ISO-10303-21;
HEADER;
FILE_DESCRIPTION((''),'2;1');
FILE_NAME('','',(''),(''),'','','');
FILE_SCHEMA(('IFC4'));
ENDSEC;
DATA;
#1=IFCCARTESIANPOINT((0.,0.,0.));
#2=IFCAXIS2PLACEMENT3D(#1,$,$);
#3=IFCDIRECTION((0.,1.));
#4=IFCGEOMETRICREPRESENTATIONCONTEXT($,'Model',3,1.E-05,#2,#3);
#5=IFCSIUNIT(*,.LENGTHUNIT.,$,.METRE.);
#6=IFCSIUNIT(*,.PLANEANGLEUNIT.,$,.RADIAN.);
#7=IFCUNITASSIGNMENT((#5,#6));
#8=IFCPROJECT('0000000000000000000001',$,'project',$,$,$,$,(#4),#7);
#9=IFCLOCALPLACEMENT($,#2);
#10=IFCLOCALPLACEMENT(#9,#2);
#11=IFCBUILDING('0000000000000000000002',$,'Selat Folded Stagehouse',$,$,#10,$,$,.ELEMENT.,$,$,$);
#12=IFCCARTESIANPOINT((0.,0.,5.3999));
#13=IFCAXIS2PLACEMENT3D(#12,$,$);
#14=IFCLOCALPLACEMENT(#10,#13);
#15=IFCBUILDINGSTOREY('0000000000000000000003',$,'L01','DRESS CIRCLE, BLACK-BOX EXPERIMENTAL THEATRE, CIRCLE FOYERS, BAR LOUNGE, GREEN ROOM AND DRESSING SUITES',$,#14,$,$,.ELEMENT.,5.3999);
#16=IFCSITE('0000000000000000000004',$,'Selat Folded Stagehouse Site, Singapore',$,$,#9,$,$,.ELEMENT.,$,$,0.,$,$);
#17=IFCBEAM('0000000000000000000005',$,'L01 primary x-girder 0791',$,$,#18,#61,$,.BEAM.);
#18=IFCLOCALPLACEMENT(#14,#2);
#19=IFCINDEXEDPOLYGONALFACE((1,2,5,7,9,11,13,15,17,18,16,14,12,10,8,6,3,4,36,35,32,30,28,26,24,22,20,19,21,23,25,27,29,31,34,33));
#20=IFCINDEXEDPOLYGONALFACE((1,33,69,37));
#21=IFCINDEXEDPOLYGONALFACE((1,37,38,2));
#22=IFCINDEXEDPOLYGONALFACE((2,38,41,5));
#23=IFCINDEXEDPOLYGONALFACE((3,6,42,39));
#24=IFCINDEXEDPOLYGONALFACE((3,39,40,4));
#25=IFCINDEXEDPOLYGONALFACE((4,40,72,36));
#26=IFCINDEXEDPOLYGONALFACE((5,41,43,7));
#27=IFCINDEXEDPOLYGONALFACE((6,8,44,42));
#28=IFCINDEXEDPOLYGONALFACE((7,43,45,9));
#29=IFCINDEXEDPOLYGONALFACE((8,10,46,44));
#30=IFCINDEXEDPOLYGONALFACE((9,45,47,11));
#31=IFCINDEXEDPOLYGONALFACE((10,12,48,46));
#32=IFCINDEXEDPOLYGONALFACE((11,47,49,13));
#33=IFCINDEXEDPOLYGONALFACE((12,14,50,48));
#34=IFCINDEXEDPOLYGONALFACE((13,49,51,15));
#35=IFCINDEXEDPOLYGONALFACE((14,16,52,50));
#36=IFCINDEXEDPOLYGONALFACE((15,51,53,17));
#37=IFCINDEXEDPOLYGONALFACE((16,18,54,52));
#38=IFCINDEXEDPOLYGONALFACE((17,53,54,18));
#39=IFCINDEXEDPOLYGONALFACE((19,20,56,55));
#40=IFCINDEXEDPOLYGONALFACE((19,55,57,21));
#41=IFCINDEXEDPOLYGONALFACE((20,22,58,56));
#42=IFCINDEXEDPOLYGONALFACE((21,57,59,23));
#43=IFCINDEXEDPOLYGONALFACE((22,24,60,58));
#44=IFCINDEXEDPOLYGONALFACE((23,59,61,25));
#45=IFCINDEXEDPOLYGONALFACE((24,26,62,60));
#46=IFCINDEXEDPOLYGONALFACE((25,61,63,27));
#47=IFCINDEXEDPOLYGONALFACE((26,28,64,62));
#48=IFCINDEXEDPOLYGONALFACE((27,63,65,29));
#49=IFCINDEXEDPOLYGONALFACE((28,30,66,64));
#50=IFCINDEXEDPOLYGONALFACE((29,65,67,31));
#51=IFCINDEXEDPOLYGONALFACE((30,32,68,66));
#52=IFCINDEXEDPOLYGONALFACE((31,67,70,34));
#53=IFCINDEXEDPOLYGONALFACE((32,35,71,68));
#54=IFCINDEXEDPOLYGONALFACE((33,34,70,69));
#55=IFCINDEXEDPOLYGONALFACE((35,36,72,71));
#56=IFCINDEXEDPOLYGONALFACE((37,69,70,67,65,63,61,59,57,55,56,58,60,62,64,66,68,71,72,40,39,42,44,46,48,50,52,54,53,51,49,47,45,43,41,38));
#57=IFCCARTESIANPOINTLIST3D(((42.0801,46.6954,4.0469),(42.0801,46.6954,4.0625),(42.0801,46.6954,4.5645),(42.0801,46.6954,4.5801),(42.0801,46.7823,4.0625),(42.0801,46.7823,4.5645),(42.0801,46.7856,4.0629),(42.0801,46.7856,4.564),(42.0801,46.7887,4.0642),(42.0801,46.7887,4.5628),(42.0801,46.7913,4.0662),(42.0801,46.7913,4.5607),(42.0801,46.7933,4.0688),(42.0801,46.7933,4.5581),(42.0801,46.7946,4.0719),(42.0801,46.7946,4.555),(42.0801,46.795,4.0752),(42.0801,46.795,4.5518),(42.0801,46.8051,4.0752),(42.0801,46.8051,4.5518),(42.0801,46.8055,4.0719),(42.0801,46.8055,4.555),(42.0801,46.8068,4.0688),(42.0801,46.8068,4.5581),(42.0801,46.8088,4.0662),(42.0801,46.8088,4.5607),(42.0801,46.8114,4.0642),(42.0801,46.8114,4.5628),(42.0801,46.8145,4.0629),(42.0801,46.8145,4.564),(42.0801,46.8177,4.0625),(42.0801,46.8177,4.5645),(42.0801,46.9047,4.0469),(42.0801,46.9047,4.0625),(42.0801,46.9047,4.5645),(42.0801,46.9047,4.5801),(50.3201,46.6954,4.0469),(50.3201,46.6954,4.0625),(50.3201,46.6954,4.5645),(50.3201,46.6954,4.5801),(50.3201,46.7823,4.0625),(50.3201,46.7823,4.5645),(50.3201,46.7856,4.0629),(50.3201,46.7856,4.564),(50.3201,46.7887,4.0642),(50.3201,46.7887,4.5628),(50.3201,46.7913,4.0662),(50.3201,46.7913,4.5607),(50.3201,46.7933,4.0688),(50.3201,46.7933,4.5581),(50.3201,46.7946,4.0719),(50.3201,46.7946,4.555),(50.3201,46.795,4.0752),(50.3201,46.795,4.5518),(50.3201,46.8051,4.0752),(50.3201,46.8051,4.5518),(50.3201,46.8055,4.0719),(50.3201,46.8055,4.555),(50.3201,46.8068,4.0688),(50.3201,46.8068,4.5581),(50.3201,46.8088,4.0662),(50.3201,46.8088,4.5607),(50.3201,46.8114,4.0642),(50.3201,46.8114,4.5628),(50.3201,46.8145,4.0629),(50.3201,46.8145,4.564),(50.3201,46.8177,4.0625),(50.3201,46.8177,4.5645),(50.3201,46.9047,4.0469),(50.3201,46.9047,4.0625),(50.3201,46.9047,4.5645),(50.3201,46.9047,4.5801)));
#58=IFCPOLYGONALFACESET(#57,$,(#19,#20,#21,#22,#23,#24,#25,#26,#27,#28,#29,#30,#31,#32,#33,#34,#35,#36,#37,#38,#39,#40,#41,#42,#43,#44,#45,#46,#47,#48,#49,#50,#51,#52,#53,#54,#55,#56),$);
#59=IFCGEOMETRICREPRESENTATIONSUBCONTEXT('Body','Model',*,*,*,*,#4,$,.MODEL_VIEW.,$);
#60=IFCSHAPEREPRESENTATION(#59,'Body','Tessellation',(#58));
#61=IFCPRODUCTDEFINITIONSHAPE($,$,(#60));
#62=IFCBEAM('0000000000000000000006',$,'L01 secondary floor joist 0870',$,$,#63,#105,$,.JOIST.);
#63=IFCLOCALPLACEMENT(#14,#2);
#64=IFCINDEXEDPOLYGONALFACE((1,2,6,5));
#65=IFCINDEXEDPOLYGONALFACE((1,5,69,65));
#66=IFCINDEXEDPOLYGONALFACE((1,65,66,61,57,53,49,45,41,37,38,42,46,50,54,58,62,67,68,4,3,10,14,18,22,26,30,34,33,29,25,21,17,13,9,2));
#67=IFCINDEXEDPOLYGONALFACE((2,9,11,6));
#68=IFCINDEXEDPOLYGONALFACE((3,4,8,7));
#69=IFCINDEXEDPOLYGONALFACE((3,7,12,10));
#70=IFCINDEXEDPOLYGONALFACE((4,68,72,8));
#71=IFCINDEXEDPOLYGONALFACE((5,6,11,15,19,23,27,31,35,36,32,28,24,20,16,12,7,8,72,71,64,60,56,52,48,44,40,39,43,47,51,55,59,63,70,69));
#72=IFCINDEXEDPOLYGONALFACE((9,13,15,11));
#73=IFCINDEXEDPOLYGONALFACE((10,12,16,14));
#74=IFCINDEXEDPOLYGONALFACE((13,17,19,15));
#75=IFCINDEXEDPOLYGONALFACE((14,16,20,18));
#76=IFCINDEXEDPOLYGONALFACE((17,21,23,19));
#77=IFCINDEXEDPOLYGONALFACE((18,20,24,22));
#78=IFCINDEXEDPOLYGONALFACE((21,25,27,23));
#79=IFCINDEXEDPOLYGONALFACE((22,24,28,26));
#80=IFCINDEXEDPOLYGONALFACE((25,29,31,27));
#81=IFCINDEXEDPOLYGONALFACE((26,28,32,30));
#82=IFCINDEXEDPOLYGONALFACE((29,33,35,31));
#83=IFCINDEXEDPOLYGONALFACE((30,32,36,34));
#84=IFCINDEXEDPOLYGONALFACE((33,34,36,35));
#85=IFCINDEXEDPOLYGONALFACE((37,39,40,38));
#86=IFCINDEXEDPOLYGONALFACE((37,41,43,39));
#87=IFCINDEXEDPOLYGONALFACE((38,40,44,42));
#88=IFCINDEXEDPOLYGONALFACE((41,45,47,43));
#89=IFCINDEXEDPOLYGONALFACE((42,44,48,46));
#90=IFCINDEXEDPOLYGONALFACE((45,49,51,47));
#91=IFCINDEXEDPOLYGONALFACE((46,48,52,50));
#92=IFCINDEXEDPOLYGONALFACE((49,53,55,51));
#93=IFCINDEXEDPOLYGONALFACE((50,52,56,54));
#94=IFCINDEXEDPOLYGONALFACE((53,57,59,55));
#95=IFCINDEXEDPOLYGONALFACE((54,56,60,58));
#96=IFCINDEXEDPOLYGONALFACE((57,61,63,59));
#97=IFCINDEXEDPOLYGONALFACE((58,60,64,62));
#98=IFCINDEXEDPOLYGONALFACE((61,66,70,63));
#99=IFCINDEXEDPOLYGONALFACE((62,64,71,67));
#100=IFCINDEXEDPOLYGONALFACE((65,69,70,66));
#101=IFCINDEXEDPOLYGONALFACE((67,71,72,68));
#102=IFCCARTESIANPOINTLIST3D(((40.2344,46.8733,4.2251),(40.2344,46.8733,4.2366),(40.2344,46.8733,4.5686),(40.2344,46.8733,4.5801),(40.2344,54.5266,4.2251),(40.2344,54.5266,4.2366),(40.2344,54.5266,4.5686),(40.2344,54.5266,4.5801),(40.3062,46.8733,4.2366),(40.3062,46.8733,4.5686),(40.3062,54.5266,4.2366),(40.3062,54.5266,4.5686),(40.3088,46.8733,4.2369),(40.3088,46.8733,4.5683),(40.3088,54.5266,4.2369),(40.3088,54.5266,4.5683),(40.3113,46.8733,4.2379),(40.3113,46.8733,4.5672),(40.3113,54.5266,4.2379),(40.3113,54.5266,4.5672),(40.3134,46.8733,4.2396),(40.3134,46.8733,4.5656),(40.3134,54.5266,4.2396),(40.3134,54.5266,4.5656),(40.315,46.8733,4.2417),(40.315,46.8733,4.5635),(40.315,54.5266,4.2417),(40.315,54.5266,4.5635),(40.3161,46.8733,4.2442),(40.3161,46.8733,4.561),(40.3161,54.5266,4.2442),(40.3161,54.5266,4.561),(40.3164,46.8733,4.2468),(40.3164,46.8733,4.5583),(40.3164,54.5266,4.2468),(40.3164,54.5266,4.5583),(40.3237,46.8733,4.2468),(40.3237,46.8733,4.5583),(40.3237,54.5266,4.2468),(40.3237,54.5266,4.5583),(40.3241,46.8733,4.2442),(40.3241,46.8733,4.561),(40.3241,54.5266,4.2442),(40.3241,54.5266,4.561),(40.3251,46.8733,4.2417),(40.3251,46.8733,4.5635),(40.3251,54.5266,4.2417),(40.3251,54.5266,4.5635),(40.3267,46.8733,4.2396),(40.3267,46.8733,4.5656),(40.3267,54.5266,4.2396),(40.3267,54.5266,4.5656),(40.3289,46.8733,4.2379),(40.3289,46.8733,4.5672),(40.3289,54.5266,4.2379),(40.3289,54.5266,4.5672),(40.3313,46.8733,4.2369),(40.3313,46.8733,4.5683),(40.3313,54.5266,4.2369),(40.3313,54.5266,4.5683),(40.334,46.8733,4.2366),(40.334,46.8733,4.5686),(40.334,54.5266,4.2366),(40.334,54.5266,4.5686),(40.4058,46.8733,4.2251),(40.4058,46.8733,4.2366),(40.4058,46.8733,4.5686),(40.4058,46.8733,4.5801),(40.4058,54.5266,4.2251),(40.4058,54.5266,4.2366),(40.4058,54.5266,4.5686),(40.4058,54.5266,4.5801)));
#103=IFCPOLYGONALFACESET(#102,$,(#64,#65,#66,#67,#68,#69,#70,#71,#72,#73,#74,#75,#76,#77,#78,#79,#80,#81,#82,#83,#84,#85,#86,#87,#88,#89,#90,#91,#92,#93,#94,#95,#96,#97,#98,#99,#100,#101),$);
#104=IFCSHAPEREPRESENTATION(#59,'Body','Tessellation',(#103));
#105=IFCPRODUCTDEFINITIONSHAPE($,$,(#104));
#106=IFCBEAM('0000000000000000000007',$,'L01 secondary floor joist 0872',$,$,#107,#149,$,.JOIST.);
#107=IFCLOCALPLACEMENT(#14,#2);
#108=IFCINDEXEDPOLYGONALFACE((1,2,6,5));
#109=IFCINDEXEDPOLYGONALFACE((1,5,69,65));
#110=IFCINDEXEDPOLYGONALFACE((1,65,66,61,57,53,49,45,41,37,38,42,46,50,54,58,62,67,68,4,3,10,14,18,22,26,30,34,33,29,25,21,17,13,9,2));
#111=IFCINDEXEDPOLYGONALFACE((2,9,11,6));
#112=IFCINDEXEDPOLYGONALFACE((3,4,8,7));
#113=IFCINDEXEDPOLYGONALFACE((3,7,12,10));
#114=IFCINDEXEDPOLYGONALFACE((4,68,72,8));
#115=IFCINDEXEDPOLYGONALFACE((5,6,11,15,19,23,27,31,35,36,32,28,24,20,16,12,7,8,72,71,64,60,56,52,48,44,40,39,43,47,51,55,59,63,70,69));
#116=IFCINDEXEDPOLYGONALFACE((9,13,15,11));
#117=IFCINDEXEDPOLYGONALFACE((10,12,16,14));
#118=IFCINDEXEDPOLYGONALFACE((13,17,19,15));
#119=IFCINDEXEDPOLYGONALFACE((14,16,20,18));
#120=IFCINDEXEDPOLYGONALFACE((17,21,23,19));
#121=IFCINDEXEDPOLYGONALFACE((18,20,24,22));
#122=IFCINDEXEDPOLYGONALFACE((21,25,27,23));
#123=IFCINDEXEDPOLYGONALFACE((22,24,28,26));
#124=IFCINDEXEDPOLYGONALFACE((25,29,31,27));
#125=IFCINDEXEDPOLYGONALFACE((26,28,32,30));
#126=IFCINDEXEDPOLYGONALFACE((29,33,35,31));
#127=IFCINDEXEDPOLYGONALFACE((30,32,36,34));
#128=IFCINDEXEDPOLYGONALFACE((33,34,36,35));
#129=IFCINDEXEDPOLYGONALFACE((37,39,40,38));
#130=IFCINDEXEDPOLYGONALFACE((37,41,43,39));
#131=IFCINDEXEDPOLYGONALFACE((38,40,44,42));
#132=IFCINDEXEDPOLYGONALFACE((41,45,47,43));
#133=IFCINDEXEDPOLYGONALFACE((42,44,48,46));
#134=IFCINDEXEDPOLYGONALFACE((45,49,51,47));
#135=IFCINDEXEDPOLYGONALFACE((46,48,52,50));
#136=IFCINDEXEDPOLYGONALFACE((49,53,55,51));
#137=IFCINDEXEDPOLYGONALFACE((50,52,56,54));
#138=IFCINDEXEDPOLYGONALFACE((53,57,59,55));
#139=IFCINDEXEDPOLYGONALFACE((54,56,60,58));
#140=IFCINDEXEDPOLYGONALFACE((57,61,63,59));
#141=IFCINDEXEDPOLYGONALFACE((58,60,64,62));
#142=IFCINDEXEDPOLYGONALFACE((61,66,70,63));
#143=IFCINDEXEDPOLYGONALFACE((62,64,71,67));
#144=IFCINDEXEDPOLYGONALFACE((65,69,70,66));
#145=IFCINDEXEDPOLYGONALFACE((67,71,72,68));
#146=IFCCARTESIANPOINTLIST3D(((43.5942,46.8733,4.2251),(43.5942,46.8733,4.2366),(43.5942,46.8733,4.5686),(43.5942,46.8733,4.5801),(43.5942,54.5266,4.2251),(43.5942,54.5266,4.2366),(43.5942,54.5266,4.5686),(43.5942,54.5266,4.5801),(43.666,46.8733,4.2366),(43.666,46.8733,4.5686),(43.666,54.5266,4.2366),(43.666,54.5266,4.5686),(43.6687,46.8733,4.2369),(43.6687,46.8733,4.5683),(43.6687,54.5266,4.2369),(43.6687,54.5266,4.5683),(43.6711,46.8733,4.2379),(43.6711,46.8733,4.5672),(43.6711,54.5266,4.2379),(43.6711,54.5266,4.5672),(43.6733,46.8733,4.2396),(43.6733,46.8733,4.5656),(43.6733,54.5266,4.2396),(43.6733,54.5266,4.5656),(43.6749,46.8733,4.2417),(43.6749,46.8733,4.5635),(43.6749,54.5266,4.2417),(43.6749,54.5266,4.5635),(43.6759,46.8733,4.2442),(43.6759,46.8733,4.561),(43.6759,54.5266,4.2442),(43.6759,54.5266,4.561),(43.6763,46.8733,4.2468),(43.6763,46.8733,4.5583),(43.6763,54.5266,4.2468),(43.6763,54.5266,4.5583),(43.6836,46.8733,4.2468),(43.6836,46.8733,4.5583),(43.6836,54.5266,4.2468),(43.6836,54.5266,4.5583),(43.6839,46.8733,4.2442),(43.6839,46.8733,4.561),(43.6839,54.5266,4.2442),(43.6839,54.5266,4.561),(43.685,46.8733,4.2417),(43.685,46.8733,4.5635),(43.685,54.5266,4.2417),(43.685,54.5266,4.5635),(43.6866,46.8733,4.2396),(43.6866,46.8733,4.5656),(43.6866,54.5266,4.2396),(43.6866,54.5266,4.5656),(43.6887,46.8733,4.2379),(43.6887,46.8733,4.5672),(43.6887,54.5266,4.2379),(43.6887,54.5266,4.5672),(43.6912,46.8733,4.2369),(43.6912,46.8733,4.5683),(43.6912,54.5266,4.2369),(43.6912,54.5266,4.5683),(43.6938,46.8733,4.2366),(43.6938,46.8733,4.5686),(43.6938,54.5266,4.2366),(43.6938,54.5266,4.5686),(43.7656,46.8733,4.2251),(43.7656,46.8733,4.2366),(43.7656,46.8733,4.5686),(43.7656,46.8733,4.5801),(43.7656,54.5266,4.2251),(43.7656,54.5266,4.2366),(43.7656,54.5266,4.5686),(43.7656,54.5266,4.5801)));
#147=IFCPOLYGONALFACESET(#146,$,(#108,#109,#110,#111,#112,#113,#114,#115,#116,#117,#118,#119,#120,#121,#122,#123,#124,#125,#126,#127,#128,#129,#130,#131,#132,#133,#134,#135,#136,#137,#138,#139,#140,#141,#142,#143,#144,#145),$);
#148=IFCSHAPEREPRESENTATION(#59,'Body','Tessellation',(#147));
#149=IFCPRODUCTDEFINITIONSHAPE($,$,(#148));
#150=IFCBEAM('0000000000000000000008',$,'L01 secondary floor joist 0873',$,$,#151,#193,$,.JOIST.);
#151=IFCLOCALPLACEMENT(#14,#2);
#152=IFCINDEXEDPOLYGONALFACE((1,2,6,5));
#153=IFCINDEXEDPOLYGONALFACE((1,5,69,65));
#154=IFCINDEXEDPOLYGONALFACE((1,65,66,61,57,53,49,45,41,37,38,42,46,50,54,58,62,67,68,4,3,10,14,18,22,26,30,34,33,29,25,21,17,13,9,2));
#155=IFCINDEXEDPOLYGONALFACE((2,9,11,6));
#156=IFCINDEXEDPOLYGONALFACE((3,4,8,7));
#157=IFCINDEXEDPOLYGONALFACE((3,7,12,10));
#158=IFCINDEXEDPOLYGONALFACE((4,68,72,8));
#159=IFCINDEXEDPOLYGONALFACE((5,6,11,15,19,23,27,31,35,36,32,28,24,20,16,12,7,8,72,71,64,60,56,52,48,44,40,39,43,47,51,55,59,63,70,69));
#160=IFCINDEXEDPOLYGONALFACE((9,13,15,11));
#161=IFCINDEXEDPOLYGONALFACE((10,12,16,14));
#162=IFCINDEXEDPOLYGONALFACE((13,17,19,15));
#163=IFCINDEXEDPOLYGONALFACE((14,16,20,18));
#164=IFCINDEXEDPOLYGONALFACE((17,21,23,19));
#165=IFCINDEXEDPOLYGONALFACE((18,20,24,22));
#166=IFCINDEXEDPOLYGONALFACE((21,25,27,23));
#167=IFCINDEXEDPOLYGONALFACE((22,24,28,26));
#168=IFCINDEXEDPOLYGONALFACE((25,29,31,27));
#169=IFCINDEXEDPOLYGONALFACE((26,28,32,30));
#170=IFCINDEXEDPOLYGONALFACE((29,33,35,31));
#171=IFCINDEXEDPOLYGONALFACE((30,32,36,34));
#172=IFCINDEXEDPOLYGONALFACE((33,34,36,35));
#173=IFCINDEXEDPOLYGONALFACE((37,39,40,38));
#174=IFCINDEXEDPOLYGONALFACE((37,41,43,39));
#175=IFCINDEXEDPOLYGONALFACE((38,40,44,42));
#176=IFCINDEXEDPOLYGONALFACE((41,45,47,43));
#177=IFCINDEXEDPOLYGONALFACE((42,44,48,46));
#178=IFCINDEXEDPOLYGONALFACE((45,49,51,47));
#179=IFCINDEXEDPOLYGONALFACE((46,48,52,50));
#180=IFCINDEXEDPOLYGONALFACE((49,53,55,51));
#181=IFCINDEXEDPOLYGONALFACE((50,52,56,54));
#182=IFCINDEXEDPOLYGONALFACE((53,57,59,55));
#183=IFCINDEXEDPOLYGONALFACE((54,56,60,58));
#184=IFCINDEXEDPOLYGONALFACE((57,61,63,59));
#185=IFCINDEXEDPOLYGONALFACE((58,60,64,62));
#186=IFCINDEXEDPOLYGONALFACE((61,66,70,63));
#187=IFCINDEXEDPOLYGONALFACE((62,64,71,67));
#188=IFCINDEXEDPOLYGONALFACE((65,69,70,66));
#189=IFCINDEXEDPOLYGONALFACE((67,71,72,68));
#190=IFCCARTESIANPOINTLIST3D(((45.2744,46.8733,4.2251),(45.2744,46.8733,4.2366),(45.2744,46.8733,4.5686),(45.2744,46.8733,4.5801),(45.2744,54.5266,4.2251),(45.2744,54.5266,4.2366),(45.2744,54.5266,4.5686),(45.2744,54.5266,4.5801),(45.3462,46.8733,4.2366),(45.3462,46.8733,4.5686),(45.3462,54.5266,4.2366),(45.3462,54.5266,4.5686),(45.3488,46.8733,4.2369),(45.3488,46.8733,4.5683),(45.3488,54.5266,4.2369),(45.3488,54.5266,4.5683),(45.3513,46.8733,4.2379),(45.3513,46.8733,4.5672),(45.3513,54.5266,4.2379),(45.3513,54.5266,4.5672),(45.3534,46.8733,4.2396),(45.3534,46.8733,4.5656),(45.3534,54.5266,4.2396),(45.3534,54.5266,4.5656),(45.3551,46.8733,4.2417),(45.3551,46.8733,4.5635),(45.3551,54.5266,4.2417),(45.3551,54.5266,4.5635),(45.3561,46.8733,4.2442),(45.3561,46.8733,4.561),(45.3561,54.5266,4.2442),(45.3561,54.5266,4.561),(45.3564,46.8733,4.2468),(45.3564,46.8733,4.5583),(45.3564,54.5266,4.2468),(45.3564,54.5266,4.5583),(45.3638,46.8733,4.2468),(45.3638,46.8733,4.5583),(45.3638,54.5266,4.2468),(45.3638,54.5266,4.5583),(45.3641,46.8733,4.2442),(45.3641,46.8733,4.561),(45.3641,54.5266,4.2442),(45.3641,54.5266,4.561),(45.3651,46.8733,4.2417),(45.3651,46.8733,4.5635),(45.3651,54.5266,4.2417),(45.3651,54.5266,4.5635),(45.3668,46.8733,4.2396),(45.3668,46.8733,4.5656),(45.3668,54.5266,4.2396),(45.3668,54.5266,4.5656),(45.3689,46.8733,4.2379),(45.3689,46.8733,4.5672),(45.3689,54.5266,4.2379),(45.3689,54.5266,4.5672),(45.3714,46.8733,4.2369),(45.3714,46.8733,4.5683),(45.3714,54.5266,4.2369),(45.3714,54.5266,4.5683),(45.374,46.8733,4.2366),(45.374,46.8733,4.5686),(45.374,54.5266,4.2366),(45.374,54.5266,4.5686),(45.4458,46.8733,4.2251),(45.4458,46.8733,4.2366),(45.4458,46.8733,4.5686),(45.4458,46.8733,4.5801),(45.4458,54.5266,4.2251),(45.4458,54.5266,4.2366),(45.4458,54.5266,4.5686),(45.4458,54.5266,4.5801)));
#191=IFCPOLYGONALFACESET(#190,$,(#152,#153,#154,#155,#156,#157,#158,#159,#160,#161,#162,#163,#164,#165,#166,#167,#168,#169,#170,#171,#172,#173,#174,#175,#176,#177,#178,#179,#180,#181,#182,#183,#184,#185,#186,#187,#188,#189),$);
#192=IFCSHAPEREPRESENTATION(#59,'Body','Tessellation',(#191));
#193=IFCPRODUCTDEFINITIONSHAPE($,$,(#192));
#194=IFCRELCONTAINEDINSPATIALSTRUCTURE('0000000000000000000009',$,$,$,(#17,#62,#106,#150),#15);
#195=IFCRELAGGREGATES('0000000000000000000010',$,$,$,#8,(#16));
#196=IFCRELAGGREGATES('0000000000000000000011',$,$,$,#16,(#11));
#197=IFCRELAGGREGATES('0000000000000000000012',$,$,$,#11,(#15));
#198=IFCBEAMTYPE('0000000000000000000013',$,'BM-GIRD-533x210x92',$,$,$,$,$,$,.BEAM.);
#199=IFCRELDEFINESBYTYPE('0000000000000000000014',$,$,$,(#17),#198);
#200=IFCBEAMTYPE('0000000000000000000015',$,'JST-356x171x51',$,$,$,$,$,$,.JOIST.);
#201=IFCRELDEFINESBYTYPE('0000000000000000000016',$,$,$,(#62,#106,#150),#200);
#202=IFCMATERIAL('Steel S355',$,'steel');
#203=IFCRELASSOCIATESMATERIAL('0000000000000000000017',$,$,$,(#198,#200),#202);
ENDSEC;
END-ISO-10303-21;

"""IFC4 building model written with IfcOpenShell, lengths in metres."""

from ifc_helpers import new_model, si_unit, direction, frame, origin, origin_2d, place, context, subcontext, project, spatial, i_section, extrude, material, material_profile, profile_set, type_object, element, save


model = new_model("IFC4")

# Units and contexts
model_context = context("Model", 3, precision=1e-05, world=origin(), true_north=direction((0.0, 1.0)))
body_context = subcontext(model_context, "Body", "Model", "MODEL_VIEW")
ifc_project = project(units=[si_unit("LENGTHUNIT", "METRE"), si_unit("PLANEANGLEUNIT", "RADIAN")], contexts=[model_context])

# Site, building, storey
site_placement = place(None, origin())
site = spatial("IfcSite", under=ifc_project, at=site_placement, Name="Selat Folded Stagehouse Site, Singapore", CompositionType="ELEMENT", RefElevation=0.0)
building_placement = place(site_placement, origin())
building = spatial("IfcBuilding", under=site, at=building_placement, Name="Selat Folded Stagehouse", CompositionType="ELEMENT")
storey_placement = place(building_placement, frame((0.0, 0.0, 5.3999)))
storey = spatial("IfcBuildingStorey", under=building, at=storey_placement, Name="L01", Description="DRESS CIRCLE, BLACK-BOX EXPERIMENTAL THEATRE, CIRCLE FOYERS, BAR LOUNGE, GREEN ROOM AND DRESSING SUITES", CompositionType="ELEMENT", Elevation=5.3999)

# Shared definitions
ifc_material_1 = material(Name="Steel S355", Category="steel")

# Beams
ifc_material_profile_1 = material_profile(ifc_material_1, i_section(OverallWidth=0.2092, OverallDepth=0.5332, WebThickness=0.01, FlangeThickness=0.0156, FilletRadius=0.0127, at=origin_2d()), Name="UKB 533x210x92")
ifc_profile_set_1 = profile_set([ifc_material_profile_1], Name="Steel S355")
beam_type_1 = type_object("IfcBeamType", Name="BM-GIRD-533x210x92", PredefinedType="BEAM", material=ifc_profile_set_1)
beam_1_placement = place(storey_placement, frame((42.0801, 46.8, 4.3135), z_axis=(1.0, 0.0, 0.0), x_axis=(0.0, 1.0, 0.0)))
element("IfcBeam", 1, at=beam_1_placement, inside=storey, type_object=beam_type_1, Name="L01 primary x-girder 0791", PredefinedType="BEAM", context=body_context, shape_type="SweptSolid", body=[
    extrude(i_section(OverallWidth=0.2092, OverallDepth=0.5332, WebThickness=0.01, FlangeThickness=0.0156, FilletRadius=0.0127, at=origin_2d()), origin(), (0.0, 0.0, 1.0), 8.24),
])
ifc_material_profile_2 = material_profile(ifc_material_1, i_section(OverallWidth=0.1714, OverallDepth=0.355, WebThickness=0.0073, FlangeThickness=0.0115, FilletRadius=0.0103, at=origin_2d()), Name="UKB 356x171x51")
ifc_profile_set_2 = profile_set([ifc_material_profile_2], Name="Steel S355")
beam_type_2 = type_object("IfcBeamType", Name="JST-356x171x51", PredefinedType="JOIST", material=ifc_profile_set_2)
for number, where, z_axis, x_axis, name in (
    (2, (40.3201, 46.8733, 4.4026), (0.0, 1.0, 0.0), (-1.0, 0.0, 0.0), "L01 secondary floor joist 0870"),
    (3, (43.6799, 46.8733, 4.4026), (0.0, 1.0, 0.0), (-1.0, 0.0, 0.0), "L01 secondary floor joist 0872"),
    (4, (45.3601, 46.8733, 4.4026), (0.0, 1.0, 0.0), (-1.0, 0.0, 0.0), "L01 secondary floor joist 0873"),
):
    element("IfcBeam", number, at=place(storey_placement, frame(where, z_axis=z_axis, x_axis=x_axis)), inside=storey, type_object=beam_type_2, Name=name, PredefinedType="JOIST", context=body_context, shape_type="SweptSolid", body=[
        extrude(i_section(OverallWidth=0.1714, OverallDepth=0.355, WebThickness=0.0073, FlangeThickness=0.0115, FilletRadius=0.0103, at=origin_2d()), origin(), (0.0, 0.0, 1.0), 7.6533),
    ])

save(model, "model.ifc")
